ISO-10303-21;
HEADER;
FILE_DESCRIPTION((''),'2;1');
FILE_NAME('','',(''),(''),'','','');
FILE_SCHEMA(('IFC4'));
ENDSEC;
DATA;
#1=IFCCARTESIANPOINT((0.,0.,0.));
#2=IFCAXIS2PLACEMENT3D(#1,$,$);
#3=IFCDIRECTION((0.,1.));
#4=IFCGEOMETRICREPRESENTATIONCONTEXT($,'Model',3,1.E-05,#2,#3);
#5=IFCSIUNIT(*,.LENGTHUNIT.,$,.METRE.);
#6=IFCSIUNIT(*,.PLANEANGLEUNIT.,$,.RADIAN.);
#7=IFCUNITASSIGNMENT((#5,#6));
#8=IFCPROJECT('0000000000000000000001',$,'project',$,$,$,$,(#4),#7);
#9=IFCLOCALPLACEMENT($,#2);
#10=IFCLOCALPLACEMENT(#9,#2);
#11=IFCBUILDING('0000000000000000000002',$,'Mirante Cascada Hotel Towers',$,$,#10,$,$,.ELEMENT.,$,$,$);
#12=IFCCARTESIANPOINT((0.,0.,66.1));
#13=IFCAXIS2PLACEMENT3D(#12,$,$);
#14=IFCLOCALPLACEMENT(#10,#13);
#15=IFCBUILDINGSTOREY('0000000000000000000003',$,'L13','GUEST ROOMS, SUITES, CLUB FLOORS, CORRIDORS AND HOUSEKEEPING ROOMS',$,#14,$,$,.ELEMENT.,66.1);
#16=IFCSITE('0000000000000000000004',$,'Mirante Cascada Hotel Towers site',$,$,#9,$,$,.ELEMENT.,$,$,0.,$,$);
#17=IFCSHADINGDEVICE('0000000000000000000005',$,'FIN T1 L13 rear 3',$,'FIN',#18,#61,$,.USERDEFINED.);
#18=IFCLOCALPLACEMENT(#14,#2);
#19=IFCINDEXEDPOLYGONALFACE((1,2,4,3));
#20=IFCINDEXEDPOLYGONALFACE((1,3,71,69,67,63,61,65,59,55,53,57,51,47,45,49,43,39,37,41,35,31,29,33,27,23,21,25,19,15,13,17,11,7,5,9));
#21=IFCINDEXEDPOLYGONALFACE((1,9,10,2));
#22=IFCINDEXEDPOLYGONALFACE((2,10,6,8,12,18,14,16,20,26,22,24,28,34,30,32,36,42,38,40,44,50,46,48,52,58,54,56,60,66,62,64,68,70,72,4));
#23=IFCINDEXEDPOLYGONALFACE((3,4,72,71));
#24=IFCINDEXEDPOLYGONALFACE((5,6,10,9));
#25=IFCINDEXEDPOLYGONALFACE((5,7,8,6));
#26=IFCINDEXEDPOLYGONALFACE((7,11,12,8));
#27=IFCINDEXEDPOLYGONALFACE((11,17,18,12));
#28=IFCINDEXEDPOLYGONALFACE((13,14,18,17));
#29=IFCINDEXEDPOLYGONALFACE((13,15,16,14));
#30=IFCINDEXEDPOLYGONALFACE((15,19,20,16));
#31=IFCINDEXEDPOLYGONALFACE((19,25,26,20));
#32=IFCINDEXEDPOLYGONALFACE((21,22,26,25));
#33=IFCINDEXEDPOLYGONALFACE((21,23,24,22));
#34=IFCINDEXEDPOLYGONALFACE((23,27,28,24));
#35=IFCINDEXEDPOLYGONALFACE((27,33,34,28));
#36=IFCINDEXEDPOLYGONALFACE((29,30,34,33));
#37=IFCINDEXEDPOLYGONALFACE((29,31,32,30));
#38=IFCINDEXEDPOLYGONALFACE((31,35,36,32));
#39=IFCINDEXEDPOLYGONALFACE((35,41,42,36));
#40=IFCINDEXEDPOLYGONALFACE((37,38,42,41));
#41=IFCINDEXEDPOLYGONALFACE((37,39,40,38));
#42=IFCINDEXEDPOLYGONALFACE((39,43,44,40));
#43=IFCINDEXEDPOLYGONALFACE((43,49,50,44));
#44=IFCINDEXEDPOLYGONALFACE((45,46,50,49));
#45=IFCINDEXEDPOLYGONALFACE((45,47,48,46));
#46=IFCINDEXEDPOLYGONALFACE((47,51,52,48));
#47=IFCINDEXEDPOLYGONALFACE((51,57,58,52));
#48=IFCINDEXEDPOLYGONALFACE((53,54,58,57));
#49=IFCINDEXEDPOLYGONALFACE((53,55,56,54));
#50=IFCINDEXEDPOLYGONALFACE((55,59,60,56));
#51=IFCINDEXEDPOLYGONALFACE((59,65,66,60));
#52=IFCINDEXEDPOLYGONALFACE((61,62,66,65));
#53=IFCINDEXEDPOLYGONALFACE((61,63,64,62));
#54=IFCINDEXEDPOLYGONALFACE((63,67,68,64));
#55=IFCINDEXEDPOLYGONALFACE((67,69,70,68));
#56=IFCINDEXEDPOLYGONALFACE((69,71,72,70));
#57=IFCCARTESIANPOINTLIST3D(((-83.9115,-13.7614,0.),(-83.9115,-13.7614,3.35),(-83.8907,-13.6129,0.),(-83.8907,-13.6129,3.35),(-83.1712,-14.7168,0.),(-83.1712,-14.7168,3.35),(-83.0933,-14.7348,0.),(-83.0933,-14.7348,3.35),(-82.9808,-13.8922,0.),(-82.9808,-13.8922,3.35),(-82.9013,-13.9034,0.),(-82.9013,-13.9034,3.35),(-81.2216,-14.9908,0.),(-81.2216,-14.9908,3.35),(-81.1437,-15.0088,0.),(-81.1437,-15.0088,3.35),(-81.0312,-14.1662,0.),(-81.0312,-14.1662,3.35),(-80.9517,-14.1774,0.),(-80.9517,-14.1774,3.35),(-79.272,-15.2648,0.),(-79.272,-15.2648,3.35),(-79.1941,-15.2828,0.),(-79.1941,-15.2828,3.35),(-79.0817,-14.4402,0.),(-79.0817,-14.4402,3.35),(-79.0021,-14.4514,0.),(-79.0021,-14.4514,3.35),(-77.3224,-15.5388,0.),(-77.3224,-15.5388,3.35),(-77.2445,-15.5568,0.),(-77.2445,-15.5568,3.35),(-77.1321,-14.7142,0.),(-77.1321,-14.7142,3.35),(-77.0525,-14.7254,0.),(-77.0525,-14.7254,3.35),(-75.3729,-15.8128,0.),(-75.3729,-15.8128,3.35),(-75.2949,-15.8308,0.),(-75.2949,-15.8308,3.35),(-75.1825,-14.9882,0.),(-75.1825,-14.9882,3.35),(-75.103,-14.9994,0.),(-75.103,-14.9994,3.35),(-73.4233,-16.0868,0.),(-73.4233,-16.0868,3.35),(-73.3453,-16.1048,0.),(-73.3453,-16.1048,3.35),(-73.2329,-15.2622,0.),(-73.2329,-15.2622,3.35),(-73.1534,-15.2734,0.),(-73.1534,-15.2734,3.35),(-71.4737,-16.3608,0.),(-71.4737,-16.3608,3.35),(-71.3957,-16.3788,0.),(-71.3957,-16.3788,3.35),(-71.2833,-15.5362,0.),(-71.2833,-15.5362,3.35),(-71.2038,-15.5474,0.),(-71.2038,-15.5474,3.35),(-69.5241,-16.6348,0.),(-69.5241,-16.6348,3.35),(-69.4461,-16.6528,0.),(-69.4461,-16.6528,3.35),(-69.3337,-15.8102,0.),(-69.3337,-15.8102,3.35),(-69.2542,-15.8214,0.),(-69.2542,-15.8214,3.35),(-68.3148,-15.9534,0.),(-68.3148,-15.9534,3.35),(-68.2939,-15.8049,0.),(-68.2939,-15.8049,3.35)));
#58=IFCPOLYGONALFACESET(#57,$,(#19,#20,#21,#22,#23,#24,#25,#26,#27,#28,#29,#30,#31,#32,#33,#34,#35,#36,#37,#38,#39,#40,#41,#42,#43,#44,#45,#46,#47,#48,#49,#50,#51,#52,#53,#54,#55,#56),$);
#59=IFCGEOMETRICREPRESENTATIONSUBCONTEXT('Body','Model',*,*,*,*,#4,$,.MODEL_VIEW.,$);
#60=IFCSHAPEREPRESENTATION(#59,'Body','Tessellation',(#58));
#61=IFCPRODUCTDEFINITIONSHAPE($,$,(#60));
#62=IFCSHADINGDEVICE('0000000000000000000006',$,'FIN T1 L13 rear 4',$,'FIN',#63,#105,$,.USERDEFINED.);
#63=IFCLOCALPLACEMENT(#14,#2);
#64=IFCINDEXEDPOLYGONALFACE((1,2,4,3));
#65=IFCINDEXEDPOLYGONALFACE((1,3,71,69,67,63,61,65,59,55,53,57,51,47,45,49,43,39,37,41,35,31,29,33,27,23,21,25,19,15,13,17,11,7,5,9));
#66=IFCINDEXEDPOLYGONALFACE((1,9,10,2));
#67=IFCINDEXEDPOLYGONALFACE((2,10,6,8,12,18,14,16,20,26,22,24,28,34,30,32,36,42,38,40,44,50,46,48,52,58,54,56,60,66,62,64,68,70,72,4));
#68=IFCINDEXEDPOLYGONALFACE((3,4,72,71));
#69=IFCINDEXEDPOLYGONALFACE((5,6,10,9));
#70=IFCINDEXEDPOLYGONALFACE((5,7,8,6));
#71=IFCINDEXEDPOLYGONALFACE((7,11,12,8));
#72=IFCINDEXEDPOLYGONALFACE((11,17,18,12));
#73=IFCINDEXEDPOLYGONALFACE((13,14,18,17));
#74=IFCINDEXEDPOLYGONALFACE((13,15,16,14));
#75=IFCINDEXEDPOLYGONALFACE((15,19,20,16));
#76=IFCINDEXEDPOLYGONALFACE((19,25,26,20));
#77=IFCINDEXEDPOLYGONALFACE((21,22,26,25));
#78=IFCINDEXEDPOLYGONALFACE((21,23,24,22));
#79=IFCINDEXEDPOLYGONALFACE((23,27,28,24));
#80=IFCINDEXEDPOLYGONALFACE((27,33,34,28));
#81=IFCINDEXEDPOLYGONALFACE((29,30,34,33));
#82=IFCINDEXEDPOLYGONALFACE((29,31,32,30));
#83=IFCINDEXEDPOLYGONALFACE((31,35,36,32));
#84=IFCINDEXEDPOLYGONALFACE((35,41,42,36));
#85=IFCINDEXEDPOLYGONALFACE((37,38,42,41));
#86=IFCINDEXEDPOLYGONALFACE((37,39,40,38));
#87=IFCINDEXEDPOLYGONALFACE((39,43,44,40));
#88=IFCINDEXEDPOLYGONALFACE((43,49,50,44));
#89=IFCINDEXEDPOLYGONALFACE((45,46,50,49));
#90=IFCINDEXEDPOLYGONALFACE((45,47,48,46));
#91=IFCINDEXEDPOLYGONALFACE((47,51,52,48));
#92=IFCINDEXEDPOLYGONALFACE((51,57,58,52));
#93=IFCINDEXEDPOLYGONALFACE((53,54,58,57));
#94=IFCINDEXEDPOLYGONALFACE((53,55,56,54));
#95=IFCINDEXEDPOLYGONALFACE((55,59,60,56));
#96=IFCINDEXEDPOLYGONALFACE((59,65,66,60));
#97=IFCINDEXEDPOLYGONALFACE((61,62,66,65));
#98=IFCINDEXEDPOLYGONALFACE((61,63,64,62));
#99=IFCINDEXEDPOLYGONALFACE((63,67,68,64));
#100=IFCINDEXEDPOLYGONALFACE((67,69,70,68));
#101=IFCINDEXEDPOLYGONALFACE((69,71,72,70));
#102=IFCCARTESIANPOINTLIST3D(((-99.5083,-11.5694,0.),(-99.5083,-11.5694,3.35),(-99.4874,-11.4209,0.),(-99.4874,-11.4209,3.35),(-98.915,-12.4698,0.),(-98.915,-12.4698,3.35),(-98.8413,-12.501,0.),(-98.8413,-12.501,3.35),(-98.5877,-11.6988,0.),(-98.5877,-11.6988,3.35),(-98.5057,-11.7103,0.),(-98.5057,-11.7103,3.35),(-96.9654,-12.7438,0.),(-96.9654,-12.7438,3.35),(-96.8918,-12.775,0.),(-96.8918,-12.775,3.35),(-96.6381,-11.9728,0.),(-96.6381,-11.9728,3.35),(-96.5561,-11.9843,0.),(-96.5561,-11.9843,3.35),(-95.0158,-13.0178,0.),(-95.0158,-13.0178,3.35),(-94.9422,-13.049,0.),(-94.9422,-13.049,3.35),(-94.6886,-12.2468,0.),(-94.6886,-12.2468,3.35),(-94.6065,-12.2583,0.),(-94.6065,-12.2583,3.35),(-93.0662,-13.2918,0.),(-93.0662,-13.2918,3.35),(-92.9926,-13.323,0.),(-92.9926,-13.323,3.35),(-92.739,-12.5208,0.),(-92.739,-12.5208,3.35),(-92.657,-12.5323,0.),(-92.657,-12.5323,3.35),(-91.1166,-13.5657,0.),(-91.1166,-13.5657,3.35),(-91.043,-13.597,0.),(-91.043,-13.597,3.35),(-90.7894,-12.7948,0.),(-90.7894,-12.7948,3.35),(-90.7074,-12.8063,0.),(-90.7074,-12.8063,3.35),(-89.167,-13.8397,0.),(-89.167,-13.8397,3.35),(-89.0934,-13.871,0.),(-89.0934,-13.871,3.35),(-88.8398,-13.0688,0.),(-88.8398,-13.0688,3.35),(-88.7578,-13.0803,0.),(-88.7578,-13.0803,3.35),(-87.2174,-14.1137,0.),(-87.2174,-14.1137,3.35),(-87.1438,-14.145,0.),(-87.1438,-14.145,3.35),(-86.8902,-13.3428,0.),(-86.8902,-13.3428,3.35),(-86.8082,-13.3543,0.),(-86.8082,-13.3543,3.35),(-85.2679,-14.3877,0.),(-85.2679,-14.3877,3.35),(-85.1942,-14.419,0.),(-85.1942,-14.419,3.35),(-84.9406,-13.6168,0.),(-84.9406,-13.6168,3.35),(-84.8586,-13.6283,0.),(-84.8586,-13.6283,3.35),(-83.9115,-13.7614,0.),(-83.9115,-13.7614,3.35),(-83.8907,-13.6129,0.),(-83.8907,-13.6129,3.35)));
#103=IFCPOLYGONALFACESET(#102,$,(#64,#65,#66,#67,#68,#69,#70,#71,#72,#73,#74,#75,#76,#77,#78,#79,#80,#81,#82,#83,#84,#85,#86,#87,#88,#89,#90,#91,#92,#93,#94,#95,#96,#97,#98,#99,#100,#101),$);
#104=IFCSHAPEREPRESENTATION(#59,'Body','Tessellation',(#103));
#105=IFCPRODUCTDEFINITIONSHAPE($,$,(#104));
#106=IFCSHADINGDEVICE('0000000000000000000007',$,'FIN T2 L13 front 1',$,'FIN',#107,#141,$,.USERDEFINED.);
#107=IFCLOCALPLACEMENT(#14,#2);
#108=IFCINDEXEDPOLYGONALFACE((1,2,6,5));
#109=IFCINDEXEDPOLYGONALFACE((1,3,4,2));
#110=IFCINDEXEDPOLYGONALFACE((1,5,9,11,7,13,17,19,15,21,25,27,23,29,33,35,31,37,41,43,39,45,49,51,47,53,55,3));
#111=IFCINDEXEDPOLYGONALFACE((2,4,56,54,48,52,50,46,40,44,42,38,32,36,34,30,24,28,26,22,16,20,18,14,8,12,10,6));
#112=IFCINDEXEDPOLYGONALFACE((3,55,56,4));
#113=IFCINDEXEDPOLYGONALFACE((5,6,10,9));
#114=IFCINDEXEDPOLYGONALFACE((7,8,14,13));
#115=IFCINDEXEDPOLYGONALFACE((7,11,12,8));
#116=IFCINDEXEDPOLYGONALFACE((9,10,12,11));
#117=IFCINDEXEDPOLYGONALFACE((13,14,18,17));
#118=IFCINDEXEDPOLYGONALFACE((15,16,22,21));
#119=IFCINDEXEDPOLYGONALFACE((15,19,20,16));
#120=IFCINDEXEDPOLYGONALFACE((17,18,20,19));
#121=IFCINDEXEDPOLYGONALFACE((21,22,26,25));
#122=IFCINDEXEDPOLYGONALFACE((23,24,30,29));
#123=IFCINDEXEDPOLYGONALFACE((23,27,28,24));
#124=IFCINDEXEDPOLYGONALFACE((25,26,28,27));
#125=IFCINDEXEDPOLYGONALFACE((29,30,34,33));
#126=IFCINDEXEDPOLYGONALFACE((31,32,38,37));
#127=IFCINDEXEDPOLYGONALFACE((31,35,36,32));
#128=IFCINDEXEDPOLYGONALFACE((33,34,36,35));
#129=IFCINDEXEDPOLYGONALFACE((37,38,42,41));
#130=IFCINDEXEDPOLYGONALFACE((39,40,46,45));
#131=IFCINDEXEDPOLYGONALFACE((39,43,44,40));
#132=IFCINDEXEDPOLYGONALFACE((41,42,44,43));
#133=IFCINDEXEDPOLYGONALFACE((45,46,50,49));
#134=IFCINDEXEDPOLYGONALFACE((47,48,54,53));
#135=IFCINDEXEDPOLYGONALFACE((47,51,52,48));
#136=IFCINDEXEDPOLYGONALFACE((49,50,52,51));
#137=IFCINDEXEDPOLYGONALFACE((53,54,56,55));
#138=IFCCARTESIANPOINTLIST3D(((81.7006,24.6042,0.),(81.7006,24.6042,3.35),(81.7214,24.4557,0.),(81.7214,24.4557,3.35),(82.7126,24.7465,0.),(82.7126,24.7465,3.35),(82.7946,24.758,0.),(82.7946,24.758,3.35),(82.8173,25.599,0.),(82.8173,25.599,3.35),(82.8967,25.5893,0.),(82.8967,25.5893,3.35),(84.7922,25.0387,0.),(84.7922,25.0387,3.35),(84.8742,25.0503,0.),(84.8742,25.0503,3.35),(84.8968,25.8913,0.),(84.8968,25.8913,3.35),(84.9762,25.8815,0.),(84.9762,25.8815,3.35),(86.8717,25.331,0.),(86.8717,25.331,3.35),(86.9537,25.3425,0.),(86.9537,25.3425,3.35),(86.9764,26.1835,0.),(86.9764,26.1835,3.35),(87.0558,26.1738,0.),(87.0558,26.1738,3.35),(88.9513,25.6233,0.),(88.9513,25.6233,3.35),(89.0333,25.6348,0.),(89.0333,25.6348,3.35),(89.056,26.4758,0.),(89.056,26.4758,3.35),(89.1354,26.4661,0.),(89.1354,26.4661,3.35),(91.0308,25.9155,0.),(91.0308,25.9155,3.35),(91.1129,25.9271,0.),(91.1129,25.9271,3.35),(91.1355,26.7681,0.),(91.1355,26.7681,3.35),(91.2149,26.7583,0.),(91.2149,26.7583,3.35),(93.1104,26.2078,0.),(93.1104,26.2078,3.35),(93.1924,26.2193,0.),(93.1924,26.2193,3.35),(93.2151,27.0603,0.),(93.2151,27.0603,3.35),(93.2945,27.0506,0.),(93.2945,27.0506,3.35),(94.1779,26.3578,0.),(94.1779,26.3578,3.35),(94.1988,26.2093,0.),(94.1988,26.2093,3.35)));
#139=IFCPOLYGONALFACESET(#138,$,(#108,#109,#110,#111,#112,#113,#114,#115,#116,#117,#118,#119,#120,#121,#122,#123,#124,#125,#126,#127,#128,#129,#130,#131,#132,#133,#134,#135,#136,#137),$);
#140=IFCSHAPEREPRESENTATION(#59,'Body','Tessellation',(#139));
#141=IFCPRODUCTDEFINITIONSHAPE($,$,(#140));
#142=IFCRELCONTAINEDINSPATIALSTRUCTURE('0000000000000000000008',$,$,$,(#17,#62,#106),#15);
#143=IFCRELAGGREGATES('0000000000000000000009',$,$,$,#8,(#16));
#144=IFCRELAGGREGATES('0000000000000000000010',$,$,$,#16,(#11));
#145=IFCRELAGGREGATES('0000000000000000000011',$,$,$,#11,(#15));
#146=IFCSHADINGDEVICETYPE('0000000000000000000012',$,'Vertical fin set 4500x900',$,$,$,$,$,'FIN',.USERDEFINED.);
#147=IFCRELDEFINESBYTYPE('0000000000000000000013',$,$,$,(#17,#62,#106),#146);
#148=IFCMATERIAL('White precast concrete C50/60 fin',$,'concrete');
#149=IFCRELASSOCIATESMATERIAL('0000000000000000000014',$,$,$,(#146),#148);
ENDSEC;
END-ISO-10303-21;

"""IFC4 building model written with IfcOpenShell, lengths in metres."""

from ifc_helpers import new_model, si_unit, direction, frame, origin, place, context, subcontext, project, spatial, polyline, outline, extrude, material, type_object, element, save


model = new_model("IFC4")

# Units and contexts
model_context = context("Model", 3, precision=1e-05, world=origin(), true_north=direction((0.0, 1.0)))
body_context = subcontext(model_context, "Body", "Model", "MODEL_VIEW")
ifc_project = project(units=[si_unit("LENGTHUNIT", "METRE"), si_unit("PLANEANGLEUNIT", "RADIAN")], contexts=[model_context])

# Site, building, storey
site_placement = place(None, origin())
site = spatial("IfcSite", under=ifc_project, at=site_placement, Name="Mirante Cascada Hotel Towers site", CompositionType="ELEMENT", RefElevation=0.0)
building_placement = place(site_placement, origin())
building = spatial("IfcBuilding", under=site, at=building_placement, Name="Mirante Cascada Hotel Towers", CompositionType="ELEMENT")
storey_placement = place(building_placement, frame((0.0, 0.0, 66.1)))
storey = spatial("IfcBuildingStorey", under=building, at=storey_placement, Name="L13", Description="GUEST ROOMS, SUITES, CLUB FLOORS, CORRIDORS AND HOUSEKEEPING ROOMS", CompositionType="ELEMENT", Elevation=66.1)

# Shading devices
ifc_material_1 = material(Name="White precast concrete C50/60 fin", Category="concrete")
shading_device_type = type_object("IfcShadingDeviceType", Name="Vertical fin set 4500x900", ElementType="FIN", PredefinedType="USERDEFINED", material=ifc_material_1)
shading_device_1_placement = place(storey_placement, origin())
element("IfcShadingDevice", 1, at=shading_device_1_placement, inside=storey, type_object=shading_device_type, Name="FIN T1 L13 rear 3", ObjectType="FIN", PredefinedType="USERDEFINED", context=body_context, shape_type="SweptSolid", body=[
    extrude(outline(polyline([(-69.3337, -15.8102), (-71.2038, -15.5474), (-71.3957, -16.3788), (-71.4737, -16.3608), (-71.2833, -15.5362), (-73.1534, -15.2734), (-73.3453, -16.1048), (-73.4233, -16.0868), (-73.2329, -15.2622), (-75.103, -14.9994), (-75.2949, -15.8308), (-75.3729, -15.8128), (-75.1825, -14.9882), (-77.0525, -14.7254), (-77.2445, -15.5568), (-77.3224, -15.5388), (-77.1321, -14.7142), (-79.0021, -14.4514), (-79.1941, -15.2828), (-79.272, -15.2648), (-79.0817, -14.4402), (-80.9517, -14.1774), (-81.1437, -15.0088), (-81.2216, -14.9908), (-81.0312, -14.1662), (-82.9013, -13.9034), (-83.0933, -14.7348), (-83.1712, -14.7168), (-82.9808, -13.8922), (-83.9115, -13.7614), (-83.8907, -13.6129), (-68.2939, -15.8049), (-68.3148, -15.9534), (-69.2542, -15.8214), (-69.4461, -16.6528), (-69.5241, -16.6348), (-69.3337, -15.8102)])), origin(), (0.0, 0.0, 1.0), 3.35),
])
shading_device_2_placement = place(storey_placement, origin())
element("IfcShadingDevice", 2, at=shading_device_2_placement, inside=storey, type_object=shading_device_type, Name="FIN T1 L13 rear 4", ObjectType="FIN", PredefinedType="USERDEFINED", context=body_context, shape_type="SweptSolid", body=[
    extrude(outline(polyline([(-84.9406, -13.6168), (-86.8082, -13.3543), (-87.1438, -14.145), (-87.2174, -14.1137), (-86.8902, -13.3428), (-88.7578, -13.0803), (-89.0934, -13.871), (-89.167, -13.8397), (-88.8398, -13.0688), (-90.7074, -12.8063), (-91.043, -13.597), (-91.1166, -13.5657), (-90.7894, -12.7948), (-92.657, -12.5323), (-92.9926, -13.323), (-93.0662, -13.2918), (-92.739, -12.5208), (-94.6065, -12.2583), (-94.9422, -13.049), (-95.0158, -13.0178), (-94.6886, -12.2468), (-96.5561, -11.9843), (-96.8918, -12.775), (-96.9654, -12.7438), (-96.6381, -11.9728), (-98.5057, -11.7103), (-98.8413, -12.501), (-98.915, -12.4698), (-98.5877, -11.6988), (-99.5083, -11.5694), (-99.4874, -11.4209), (-83.8907, -13.6129), (-83.9115, -13.7614), (-84.8586, -13.6283), (-85.1942, -14.419), (-85.2679, -14.3877), (-84.9406, -13.6168)])), origin(), (0.0, 0.0, 1.0), 3.35),
])
shading_device_3_placement = place(storey_placement, origin())
element("IfcShadingDevice", 3, at=shading_device_3_placement, inside=storey, type_object=shading_device_type, Name="FIN T2 L13 front 1", ObjectType="FIN", PredefinedType="USERDEFINED", context=body_context, shape_type="SweptSolid", body=[
    extrude(outline(polyline([(82.8967, 25.5893), (82.7946, 24.758), (84.7922, 25.0387), (84.8968, 25.8913), (84.9762, 25.8815), (84.8742, 25.0503), (86.8717, 25.331), (86.9764, 26.1835), (87.0558, 26.1738), (86.9537, 25.3425), (88.9513, 25.6233), (89.056, 26.4758), (89.1354, 26.4661), (89.0333, 25.6348), (91.0308, 25.9155), (91.1355, 26.7681), (91.2149, 26.7583), (91.1129, 25.9271), (93.1104, 26.2078), (93.2151, 27.0603), (93.2945, 27.0506), (93.1924, 26.2193), (94.1779, 26.3578), (94.1988, 26.2093), (81.7214, 24.4557), (81.7006, 24.6042), (82.7126, 24.7465), (82.8173, 25.599), (82.8967, 25.5893)])), origin(), (0.0, 0.0, 1.0), 3.35),
])

save(model, "model.ifc")
